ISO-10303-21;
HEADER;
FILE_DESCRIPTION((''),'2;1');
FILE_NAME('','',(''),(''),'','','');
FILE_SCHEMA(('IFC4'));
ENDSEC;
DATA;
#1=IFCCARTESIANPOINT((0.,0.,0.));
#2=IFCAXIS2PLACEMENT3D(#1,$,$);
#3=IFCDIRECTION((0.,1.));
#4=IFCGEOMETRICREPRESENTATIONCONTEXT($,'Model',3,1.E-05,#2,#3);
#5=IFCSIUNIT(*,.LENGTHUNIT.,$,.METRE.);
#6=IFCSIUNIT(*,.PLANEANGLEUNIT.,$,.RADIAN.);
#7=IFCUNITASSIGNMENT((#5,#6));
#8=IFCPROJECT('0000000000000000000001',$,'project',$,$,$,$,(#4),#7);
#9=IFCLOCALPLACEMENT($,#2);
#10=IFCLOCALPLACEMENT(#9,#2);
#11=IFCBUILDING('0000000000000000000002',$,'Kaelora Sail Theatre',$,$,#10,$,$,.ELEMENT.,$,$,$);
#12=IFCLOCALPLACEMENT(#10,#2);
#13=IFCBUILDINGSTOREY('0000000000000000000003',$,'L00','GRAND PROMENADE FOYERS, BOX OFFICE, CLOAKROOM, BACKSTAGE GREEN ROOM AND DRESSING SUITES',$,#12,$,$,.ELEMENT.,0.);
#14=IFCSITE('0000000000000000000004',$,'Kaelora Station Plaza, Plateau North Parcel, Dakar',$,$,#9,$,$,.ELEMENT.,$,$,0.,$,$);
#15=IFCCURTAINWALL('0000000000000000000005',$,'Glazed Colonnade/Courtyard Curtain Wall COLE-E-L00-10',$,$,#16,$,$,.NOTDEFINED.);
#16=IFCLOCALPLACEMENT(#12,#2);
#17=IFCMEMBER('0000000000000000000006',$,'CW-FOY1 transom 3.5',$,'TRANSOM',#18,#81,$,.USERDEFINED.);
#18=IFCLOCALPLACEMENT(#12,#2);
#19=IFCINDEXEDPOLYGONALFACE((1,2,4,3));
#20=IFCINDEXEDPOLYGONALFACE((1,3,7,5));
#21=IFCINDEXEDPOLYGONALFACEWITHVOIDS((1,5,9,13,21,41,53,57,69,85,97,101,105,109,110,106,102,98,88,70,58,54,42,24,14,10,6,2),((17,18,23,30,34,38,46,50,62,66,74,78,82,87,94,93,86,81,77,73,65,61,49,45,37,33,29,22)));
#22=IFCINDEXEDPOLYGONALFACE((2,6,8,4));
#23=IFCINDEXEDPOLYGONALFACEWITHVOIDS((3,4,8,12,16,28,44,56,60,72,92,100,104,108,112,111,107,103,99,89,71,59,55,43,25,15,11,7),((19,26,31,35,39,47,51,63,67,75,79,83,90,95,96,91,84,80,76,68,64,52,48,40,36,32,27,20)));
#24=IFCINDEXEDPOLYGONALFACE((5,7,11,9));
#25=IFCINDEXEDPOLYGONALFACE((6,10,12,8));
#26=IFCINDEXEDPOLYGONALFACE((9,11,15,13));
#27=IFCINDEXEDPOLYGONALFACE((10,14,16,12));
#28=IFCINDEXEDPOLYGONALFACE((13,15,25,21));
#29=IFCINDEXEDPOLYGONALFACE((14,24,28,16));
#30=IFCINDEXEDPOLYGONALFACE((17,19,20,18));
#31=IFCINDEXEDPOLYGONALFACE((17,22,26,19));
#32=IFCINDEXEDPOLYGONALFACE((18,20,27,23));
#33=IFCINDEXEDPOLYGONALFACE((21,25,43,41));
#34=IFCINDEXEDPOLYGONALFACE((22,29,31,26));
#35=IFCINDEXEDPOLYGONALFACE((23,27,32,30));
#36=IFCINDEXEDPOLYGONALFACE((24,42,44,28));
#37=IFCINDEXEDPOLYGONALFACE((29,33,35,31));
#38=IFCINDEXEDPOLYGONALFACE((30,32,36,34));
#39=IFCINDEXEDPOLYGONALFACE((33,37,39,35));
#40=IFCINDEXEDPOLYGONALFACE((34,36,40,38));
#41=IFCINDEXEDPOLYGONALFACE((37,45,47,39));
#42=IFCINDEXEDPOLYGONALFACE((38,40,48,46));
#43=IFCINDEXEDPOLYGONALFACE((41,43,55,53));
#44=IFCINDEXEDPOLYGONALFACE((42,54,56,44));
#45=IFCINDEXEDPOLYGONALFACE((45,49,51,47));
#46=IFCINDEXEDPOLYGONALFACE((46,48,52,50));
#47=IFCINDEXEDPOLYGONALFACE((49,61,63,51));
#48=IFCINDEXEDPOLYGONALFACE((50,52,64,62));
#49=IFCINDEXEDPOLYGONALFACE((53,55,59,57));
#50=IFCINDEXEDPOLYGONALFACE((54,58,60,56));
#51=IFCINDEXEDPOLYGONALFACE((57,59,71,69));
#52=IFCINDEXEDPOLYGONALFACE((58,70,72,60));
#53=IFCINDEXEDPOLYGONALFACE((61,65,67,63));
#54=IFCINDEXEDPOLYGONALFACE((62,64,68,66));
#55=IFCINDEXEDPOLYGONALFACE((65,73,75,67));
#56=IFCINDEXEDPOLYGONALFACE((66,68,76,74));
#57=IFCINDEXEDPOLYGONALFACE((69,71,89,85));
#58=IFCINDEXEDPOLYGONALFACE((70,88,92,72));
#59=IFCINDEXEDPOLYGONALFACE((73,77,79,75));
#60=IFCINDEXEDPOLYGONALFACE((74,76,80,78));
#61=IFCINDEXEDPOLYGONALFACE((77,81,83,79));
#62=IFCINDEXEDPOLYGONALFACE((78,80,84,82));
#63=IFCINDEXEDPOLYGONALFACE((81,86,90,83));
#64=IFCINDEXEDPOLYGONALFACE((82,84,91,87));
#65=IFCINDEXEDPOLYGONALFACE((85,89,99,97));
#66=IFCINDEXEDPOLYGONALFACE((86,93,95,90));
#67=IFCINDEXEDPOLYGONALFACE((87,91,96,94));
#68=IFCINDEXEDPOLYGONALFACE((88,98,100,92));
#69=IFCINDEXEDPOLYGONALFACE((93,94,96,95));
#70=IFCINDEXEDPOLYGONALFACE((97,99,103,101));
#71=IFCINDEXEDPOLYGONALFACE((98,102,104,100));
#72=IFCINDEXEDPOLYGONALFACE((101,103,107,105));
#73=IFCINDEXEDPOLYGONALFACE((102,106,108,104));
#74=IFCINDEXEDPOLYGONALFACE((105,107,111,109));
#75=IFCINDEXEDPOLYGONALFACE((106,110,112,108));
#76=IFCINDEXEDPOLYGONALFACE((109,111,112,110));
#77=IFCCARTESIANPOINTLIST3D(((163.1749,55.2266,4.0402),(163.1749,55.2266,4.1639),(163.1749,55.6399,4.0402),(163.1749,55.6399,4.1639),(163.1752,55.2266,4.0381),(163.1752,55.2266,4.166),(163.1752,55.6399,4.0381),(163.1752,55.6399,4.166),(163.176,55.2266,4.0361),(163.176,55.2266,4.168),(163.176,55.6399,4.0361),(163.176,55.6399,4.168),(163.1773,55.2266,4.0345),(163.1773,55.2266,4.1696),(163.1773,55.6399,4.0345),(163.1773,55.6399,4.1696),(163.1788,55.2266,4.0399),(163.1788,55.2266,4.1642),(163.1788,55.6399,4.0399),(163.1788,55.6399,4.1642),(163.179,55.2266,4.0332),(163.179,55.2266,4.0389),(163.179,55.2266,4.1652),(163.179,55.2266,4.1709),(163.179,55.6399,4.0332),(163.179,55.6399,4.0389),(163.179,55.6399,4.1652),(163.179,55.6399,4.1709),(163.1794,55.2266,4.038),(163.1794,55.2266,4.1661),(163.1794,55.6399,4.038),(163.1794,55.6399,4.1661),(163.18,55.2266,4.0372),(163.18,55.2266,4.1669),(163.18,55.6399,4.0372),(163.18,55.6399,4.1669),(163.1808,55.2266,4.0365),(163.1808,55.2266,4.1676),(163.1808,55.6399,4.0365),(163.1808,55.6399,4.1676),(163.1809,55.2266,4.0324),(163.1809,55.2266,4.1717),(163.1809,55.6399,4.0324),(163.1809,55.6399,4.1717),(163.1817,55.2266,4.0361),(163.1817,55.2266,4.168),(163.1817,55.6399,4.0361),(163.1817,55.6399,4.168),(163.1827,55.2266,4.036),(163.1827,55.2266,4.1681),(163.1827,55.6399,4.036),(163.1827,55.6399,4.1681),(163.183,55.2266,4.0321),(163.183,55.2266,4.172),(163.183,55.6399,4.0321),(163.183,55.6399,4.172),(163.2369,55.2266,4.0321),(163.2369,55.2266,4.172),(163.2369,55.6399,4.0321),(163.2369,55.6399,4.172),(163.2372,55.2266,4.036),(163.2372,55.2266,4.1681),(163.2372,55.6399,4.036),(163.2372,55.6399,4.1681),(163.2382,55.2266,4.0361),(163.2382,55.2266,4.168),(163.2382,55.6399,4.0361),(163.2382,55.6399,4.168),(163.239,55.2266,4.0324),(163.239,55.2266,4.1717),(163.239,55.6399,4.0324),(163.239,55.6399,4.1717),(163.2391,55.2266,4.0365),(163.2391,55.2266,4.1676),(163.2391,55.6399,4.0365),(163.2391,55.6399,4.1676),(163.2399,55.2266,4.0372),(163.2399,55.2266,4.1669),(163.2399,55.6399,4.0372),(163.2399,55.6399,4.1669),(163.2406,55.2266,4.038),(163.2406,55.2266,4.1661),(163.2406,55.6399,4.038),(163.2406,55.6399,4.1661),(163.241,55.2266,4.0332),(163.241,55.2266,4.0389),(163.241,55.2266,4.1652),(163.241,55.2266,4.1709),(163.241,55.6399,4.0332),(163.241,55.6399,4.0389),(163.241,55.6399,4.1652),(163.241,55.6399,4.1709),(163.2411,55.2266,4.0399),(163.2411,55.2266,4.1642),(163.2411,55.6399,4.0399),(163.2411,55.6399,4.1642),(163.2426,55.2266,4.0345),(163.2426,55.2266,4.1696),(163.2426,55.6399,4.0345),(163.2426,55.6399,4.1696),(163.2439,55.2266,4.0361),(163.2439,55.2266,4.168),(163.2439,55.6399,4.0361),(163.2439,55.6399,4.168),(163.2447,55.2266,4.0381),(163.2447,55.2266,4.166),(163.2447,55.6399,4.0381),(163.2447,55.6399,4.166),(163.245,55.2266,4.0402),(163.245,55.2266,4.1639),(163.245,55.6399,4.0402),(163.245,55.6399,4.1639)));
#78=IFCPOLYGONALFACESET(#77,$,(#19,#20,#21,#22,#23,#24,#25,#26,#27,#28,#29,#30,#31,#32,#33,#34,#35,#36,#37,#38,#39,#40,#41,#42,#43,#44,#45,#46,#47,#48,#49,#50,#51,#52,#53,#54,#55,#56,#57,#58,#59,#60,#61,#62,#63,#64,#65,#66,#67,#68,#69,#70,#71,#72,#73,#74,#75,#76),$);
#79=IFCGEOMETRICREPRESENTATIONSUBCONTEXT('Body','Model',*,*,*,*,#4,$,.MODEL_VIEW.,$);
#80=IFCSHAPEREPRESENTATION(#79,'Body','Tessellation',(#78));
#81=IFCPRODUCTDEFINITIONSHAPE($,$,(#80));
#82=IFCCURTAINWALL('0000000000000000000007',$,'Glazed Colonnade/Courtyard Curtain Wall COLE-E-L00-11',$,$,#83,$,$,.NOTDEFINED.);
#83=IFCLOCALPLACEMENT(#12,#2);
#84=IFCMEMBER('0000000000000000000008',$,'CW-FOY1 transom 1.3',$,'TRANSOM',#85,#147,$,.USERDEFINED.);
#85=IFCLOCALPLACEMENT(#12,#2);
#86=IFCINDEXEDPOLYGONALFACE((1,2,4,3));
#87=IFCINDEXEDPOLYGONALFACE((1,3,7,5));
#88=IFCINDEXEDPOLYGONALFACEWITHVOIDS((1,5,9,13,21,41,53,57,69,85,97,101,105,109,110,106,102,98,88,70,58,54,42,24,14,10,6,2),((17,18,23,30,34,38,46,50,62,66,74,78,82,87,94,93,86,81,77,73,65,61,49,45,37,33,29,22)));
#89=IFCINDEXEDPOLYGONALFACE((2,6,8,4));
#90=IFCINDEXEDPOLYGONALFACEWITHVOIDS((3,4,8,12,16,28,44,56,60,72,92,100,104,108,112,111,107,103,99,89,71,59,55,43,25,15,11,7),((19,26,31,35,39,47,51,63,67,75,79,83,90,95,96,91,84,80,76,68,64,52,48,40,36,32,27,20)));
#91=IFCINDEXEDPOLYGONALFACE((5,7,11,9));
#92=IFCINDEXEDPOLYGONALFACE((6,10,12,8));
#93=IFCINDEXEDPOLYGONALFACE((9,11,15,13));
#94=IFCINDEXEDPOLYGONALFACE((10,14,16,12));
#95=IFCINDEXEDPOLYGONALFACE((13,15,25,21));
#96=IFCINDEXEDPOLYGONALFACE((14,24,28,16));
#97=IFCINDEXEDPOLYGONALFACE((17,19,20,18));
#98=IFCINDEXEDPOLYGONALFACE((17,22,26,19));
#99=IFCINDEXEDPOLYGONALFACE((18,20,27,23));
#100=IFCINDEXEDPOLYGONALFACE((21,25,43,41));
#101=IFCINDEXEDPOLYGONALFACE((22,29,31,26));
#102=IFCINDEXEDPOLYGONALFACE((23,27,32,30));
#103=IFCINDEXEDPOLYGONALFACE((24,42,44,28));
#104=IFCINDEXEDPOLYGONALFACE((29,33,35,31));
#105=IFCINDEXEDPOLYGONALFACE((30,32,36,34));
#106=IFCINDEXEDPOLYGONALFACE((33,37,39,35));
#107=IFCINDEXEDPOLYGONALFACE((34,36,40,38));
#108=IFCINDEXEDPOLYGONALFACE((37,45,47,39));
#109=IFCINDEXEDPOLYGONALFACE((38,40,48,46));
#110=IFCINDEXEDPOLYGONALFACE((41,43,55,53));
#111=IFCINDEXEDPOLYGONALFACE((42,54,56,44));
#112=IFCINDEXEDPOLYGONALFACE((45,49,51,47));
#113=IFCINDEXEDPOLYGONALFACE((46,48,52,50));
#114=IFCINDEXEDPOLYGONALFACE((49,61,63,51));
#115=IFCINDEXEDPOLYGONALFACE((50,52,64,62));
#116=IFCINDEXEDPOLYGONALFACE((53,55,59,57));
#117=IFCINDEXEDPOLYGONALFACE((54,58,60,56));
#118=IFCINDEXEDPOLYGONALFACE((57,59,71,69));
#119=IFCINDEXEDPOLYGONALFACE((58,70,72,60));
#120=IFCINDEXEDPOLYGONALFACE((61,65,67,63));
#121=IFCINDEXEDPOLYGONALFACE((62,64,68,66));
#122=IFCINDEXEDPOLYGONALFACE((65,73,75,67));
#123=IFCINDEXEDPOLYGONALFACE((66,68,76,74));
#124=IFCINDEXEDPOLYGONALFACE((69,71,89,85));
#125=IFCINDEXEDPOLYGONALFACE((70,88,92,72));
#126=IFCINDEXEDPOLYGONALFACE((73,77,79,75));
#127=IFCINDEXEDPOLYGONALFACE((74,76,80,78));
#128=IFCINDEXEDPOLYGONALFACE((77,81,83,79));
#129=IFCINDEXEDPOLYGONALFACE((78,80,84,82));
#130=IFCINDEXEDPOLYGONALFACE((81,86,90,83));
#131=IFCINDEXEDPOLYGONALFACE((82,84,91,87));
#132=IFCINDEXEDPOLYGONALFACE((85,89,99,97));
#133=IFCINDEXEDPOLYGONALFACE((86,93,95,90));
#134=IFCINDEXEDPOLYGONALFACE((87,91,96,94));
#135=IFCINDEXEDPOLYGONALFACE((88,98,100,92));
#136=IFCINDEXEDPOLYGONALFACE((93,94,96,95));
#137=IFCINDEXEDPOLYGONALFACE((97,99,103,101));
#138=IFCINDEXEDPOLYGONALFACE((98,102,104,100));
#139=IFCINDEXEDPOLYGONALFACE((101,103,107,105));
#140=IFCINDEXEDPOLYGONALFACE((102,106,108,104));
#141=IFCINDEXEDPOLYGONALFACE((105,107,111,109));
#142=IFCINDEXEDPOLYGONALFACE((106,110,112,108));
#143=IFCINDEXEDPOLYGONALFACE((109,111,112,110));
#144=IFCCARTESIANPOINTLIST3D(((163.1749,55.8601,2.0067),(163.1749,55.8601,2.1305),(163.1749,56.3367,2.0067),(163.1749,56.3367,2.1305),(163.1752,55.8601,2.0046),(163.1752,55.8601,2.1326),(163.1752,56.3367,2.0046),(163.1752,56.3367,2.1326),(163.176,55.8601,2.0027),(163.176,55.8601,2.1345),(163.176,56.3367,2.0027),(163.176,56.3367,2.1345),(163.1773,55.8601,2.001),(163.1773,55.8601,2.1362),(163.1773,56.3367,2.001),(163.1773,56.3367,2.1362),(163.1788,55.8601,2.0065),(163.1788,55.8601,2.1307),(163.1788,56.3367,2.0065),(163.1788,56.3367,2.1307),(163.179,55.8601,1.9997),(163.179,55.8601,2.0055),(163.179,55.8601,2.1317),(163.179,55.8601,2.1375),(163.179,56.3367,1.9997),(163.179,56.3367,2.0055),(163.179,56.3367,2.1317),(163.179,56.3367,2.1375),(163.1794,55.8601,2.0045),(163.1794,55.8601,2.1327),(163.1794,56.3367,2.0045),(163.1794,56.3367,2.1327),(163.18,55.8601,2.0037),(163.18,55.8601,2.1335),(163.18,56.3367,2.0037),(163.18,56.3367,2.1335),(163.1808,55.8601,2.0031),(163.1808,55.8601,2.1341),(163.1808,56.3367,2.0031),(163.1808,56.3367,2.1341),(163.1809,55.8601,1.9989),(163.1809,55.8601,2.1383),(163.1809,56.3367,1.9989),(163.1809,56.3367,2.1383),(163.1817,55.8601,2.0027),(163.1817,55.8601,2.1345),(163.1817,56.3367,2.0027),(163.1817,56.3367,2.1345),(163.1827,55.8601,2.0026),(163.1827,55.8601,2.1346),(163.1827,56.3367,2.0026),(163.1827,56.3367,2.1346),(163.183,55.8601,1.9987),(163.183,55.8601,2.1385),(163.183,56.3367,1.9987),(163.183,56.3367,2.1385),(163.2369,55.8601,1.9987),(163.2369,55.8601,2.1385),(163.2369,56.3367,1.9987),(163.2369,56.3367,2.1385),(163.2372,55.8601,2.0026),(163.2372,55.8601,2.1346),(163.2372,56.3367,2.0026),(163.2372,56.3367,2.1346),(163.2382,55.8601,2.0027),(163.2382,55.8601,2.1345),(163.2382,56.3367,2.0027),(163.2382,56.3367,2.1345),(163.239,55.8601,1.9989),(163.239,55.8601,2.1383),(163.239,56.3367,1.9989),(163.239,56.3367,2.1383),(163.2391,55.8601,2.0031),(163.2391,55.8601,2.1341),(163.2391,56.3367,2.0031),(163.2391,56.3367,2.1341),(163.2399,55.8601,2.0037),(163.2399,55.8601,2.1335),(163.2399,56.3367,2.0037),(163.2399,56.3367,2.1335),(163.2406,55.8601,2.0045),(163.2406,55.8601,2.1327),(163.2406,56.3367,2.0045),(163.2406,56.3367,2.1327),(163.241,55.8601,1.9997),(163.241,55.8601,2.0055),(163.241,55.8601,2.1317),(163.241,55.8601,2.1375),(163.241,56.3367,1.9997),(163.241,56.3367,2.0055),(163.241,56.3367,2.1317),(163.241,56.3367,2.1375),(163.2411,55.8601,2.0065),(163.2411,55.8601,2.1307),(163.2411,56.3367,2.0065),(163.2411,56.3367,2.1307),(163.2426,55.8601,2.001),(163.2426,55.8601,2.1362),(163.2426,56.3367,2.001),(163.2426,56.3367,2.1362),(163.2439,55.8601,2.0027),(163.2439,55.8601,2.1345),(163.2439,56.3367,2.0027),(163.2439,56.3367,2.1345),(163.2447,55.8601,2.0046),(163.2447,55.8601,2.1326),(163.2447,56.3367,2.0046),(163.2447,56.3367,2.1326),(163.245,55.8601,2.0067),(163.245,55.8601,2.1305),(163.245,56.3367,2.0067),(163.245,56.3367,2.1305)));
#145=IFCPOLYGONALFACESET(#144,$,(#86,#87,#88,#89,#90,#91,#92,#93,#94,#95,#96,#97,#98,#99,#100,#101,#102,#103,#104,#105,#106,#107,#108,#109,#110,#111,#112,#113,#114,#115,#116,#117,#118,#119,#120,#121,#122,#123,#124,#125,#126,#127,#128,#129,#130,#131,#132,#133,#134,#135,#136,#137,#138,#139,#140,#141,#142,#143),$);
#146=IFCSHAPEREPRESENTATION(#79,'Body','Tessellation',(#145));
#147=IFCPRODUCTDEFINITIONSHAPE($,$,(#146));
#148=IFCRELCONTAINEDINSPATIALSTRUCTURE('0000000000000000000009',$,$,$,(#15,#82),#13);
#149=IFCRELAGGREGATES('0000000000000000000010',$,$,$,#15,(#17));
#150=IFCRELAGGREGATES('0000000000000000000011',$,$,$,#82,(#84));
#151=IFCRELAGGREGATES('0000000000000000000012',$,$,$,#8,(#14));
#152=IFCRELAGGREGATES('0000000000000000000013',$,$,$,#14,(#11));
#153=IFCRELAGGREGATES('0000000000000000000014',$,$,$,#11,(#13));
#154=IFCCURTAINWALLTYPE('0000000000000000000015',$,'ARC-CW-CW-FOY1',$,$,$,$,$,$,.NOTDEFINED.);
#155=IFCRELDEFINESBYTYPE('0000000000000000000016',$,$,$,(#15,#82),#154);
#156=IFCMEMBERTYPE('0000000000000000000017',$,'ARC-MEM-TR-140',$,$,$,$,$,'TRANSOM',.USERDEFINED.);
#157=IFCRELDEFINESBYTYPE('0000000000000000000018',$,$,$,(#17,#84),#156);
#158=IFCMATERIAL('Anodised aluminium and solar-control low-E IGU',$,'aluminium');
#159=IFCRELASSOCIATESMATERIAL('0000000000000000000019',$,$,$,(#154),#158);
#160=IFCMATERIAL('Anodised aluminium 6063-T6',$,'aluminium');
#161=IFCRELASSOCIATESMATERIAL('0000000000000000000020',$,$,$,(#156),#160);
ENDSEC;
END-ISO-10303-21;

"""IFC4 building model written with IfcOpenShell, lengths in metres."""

from ifc_helpers import new_model, si_unit, direction, frame, origin, origin_2d, place, context, subcontext, project, spatial, hollow_rectangle, extrude, material, material_profile, profile_set, type_object, element, aggregate, save


model = new_model("IFC4")

# Units and contexts
model_context = context("Model", 3, precision=1e-05, world=origin(), true_north=direction((0.0, 1.0)))
body_context = subcontext(model_context, "Body", "Model", "MODEL_VIEW")
ifc_project = project(units=[si_unit("LENGTHUNIT", "METRE"), si_unit("PLANEANGLEUNIT", "RADIAN")], contexts=[model_context])

# Site, building, storey
site_placement = place(None, origin())
site = spatial("IfcSite", under=ifc_project, at=site_placement, Name="Kaelora Station Plaza, Plateau North Parcel, Dakar", CompositionType="ELEMENT", RefElevation=0.0)
building_placement = place(site_placement, origin())
building = spatial("IfcBuilding", under=site, at=building_placement, Name="Kaelora Sail Theatre", CompositionType="ELEMENT")
storey_placement = place(building_placement, origin())
storey = spatial("IfcBuildingStorey", under=building, at=storey_placement, Name="L00", Description="GRAND PROMENADE FOYERS, BOX OFFICE, CLOAKROOM, BACKSTAGE GREEN ROOM AND DRESSING SUITES", CompositionType="ELEMENT", Elevation=0.0)

# Curtain walls, members
ifc_material_1 = material(Name="Anodised aluminium and solar-control low-E IGU", Category="aluminium")
curtain_wall_type = type_object("IfcCurtainWallType", Name="ARC-CW-CW-FOY1", PredefinedType="NOTDEFINED", material=ifc_material_1)
curtain_wall_1_placement = place(storey_placement, origin())
curtain_wall_1 = element("IfcCurtainWall", 1, at=curtain_wall_1_placement, inside=storey, type_object=curtain_wall_type, Name="Glazed Colonnade/Courtyard Curtain Wall COLE-E-L00-10", PredefinedType="NOTDEFINED")
ifc_material_2 = material(Name="Anodised aluminium 6063-T6", Category="aluminium")
ifc_material_profile = material_profile(ifc_material_2, hollow_rectangle(XDim=0.0701, YDim=0.1399, WallThickness=0.0039, InnerFilletRadius=0.0039, OuterFilletRadius=0.0081, at=origin_2d()), Name="ALU-TRAN 70x140x4")
ifc_profile_set = profile_set([ifc_material_profile], Name="Anodised aluminium 6063-T6")
member_type = type_object("IfcMemberType", Name="ARC-MEM-TR-140", ElementType="TRANSOM", PredefinedType="USERDEFINED", material=ifc_profile_set)
member_1_placement = place(storey_placement, frame((163.21, 55.2266, 4.1021), z_axis=(0.0, 1.0, 0.0), x_axis=(-1.0, 0.0, 0.0)))
member_1 = element("IfcMember", 2, at=member_1_placement, type_object=member_type, Name="CW-FOY1 transom 3.5", ObjectType="TRANSOM", PredefinedType="USERDEFINED", context=body_context, shape_type="SweptSolid", body=[
    extrude(hollow_rectangle(XDim=0.0701, YDim=0.1399, WallThickness=0.0039, InnerFilletRadius=0.0039, OuterFilletRadius=0.0081, at=origin_2d()), origin(), (0.0, 0.0, 1.0), 0.4133),
])
curtain_wall_2_placement = place(storey_placement, origin())
curtain_wall_2 = element("IfcCurtainWall", 3, at=curtain_wall_2_placement, inside=storey, type_object=curtain_wall_type, Name="Glazed Colonnade/Courtyard Curtain Wall COLE-E-L00-11", PredefinedType="NOTDEFINED")
member_2_placement = place(storey_placement, frame((163.21, 55.8601, 2.0686), z_axis=(0.0, 1.0, 0.0), x_axis=(-1.0, 0.0, 0.0)))
member_2 = element("IfcMember", 4, at=member_2_placement, type_object=member_type, Name="CW-FOY1 transom 1.3", ObjectType="TRANSOM", PredefinedType="USERDEFINED", context=body_context, shape_type="SweptSolid", body=[
    extrude(hollow_rectangle(XDim=0.0701, YDim=0.1399, WallThickness=0.0039, InnerFilletRadius=0.0039, OuterFilletRadius=0.0081, at=origin_2d()), origin(), (0.0, 0.0, 1.0), 0.4766),
])

aggregate(curtain_wall_1, [member_1])
aggregate(curtain_wall_2, [member_2])

save(model, "model.ifc")
